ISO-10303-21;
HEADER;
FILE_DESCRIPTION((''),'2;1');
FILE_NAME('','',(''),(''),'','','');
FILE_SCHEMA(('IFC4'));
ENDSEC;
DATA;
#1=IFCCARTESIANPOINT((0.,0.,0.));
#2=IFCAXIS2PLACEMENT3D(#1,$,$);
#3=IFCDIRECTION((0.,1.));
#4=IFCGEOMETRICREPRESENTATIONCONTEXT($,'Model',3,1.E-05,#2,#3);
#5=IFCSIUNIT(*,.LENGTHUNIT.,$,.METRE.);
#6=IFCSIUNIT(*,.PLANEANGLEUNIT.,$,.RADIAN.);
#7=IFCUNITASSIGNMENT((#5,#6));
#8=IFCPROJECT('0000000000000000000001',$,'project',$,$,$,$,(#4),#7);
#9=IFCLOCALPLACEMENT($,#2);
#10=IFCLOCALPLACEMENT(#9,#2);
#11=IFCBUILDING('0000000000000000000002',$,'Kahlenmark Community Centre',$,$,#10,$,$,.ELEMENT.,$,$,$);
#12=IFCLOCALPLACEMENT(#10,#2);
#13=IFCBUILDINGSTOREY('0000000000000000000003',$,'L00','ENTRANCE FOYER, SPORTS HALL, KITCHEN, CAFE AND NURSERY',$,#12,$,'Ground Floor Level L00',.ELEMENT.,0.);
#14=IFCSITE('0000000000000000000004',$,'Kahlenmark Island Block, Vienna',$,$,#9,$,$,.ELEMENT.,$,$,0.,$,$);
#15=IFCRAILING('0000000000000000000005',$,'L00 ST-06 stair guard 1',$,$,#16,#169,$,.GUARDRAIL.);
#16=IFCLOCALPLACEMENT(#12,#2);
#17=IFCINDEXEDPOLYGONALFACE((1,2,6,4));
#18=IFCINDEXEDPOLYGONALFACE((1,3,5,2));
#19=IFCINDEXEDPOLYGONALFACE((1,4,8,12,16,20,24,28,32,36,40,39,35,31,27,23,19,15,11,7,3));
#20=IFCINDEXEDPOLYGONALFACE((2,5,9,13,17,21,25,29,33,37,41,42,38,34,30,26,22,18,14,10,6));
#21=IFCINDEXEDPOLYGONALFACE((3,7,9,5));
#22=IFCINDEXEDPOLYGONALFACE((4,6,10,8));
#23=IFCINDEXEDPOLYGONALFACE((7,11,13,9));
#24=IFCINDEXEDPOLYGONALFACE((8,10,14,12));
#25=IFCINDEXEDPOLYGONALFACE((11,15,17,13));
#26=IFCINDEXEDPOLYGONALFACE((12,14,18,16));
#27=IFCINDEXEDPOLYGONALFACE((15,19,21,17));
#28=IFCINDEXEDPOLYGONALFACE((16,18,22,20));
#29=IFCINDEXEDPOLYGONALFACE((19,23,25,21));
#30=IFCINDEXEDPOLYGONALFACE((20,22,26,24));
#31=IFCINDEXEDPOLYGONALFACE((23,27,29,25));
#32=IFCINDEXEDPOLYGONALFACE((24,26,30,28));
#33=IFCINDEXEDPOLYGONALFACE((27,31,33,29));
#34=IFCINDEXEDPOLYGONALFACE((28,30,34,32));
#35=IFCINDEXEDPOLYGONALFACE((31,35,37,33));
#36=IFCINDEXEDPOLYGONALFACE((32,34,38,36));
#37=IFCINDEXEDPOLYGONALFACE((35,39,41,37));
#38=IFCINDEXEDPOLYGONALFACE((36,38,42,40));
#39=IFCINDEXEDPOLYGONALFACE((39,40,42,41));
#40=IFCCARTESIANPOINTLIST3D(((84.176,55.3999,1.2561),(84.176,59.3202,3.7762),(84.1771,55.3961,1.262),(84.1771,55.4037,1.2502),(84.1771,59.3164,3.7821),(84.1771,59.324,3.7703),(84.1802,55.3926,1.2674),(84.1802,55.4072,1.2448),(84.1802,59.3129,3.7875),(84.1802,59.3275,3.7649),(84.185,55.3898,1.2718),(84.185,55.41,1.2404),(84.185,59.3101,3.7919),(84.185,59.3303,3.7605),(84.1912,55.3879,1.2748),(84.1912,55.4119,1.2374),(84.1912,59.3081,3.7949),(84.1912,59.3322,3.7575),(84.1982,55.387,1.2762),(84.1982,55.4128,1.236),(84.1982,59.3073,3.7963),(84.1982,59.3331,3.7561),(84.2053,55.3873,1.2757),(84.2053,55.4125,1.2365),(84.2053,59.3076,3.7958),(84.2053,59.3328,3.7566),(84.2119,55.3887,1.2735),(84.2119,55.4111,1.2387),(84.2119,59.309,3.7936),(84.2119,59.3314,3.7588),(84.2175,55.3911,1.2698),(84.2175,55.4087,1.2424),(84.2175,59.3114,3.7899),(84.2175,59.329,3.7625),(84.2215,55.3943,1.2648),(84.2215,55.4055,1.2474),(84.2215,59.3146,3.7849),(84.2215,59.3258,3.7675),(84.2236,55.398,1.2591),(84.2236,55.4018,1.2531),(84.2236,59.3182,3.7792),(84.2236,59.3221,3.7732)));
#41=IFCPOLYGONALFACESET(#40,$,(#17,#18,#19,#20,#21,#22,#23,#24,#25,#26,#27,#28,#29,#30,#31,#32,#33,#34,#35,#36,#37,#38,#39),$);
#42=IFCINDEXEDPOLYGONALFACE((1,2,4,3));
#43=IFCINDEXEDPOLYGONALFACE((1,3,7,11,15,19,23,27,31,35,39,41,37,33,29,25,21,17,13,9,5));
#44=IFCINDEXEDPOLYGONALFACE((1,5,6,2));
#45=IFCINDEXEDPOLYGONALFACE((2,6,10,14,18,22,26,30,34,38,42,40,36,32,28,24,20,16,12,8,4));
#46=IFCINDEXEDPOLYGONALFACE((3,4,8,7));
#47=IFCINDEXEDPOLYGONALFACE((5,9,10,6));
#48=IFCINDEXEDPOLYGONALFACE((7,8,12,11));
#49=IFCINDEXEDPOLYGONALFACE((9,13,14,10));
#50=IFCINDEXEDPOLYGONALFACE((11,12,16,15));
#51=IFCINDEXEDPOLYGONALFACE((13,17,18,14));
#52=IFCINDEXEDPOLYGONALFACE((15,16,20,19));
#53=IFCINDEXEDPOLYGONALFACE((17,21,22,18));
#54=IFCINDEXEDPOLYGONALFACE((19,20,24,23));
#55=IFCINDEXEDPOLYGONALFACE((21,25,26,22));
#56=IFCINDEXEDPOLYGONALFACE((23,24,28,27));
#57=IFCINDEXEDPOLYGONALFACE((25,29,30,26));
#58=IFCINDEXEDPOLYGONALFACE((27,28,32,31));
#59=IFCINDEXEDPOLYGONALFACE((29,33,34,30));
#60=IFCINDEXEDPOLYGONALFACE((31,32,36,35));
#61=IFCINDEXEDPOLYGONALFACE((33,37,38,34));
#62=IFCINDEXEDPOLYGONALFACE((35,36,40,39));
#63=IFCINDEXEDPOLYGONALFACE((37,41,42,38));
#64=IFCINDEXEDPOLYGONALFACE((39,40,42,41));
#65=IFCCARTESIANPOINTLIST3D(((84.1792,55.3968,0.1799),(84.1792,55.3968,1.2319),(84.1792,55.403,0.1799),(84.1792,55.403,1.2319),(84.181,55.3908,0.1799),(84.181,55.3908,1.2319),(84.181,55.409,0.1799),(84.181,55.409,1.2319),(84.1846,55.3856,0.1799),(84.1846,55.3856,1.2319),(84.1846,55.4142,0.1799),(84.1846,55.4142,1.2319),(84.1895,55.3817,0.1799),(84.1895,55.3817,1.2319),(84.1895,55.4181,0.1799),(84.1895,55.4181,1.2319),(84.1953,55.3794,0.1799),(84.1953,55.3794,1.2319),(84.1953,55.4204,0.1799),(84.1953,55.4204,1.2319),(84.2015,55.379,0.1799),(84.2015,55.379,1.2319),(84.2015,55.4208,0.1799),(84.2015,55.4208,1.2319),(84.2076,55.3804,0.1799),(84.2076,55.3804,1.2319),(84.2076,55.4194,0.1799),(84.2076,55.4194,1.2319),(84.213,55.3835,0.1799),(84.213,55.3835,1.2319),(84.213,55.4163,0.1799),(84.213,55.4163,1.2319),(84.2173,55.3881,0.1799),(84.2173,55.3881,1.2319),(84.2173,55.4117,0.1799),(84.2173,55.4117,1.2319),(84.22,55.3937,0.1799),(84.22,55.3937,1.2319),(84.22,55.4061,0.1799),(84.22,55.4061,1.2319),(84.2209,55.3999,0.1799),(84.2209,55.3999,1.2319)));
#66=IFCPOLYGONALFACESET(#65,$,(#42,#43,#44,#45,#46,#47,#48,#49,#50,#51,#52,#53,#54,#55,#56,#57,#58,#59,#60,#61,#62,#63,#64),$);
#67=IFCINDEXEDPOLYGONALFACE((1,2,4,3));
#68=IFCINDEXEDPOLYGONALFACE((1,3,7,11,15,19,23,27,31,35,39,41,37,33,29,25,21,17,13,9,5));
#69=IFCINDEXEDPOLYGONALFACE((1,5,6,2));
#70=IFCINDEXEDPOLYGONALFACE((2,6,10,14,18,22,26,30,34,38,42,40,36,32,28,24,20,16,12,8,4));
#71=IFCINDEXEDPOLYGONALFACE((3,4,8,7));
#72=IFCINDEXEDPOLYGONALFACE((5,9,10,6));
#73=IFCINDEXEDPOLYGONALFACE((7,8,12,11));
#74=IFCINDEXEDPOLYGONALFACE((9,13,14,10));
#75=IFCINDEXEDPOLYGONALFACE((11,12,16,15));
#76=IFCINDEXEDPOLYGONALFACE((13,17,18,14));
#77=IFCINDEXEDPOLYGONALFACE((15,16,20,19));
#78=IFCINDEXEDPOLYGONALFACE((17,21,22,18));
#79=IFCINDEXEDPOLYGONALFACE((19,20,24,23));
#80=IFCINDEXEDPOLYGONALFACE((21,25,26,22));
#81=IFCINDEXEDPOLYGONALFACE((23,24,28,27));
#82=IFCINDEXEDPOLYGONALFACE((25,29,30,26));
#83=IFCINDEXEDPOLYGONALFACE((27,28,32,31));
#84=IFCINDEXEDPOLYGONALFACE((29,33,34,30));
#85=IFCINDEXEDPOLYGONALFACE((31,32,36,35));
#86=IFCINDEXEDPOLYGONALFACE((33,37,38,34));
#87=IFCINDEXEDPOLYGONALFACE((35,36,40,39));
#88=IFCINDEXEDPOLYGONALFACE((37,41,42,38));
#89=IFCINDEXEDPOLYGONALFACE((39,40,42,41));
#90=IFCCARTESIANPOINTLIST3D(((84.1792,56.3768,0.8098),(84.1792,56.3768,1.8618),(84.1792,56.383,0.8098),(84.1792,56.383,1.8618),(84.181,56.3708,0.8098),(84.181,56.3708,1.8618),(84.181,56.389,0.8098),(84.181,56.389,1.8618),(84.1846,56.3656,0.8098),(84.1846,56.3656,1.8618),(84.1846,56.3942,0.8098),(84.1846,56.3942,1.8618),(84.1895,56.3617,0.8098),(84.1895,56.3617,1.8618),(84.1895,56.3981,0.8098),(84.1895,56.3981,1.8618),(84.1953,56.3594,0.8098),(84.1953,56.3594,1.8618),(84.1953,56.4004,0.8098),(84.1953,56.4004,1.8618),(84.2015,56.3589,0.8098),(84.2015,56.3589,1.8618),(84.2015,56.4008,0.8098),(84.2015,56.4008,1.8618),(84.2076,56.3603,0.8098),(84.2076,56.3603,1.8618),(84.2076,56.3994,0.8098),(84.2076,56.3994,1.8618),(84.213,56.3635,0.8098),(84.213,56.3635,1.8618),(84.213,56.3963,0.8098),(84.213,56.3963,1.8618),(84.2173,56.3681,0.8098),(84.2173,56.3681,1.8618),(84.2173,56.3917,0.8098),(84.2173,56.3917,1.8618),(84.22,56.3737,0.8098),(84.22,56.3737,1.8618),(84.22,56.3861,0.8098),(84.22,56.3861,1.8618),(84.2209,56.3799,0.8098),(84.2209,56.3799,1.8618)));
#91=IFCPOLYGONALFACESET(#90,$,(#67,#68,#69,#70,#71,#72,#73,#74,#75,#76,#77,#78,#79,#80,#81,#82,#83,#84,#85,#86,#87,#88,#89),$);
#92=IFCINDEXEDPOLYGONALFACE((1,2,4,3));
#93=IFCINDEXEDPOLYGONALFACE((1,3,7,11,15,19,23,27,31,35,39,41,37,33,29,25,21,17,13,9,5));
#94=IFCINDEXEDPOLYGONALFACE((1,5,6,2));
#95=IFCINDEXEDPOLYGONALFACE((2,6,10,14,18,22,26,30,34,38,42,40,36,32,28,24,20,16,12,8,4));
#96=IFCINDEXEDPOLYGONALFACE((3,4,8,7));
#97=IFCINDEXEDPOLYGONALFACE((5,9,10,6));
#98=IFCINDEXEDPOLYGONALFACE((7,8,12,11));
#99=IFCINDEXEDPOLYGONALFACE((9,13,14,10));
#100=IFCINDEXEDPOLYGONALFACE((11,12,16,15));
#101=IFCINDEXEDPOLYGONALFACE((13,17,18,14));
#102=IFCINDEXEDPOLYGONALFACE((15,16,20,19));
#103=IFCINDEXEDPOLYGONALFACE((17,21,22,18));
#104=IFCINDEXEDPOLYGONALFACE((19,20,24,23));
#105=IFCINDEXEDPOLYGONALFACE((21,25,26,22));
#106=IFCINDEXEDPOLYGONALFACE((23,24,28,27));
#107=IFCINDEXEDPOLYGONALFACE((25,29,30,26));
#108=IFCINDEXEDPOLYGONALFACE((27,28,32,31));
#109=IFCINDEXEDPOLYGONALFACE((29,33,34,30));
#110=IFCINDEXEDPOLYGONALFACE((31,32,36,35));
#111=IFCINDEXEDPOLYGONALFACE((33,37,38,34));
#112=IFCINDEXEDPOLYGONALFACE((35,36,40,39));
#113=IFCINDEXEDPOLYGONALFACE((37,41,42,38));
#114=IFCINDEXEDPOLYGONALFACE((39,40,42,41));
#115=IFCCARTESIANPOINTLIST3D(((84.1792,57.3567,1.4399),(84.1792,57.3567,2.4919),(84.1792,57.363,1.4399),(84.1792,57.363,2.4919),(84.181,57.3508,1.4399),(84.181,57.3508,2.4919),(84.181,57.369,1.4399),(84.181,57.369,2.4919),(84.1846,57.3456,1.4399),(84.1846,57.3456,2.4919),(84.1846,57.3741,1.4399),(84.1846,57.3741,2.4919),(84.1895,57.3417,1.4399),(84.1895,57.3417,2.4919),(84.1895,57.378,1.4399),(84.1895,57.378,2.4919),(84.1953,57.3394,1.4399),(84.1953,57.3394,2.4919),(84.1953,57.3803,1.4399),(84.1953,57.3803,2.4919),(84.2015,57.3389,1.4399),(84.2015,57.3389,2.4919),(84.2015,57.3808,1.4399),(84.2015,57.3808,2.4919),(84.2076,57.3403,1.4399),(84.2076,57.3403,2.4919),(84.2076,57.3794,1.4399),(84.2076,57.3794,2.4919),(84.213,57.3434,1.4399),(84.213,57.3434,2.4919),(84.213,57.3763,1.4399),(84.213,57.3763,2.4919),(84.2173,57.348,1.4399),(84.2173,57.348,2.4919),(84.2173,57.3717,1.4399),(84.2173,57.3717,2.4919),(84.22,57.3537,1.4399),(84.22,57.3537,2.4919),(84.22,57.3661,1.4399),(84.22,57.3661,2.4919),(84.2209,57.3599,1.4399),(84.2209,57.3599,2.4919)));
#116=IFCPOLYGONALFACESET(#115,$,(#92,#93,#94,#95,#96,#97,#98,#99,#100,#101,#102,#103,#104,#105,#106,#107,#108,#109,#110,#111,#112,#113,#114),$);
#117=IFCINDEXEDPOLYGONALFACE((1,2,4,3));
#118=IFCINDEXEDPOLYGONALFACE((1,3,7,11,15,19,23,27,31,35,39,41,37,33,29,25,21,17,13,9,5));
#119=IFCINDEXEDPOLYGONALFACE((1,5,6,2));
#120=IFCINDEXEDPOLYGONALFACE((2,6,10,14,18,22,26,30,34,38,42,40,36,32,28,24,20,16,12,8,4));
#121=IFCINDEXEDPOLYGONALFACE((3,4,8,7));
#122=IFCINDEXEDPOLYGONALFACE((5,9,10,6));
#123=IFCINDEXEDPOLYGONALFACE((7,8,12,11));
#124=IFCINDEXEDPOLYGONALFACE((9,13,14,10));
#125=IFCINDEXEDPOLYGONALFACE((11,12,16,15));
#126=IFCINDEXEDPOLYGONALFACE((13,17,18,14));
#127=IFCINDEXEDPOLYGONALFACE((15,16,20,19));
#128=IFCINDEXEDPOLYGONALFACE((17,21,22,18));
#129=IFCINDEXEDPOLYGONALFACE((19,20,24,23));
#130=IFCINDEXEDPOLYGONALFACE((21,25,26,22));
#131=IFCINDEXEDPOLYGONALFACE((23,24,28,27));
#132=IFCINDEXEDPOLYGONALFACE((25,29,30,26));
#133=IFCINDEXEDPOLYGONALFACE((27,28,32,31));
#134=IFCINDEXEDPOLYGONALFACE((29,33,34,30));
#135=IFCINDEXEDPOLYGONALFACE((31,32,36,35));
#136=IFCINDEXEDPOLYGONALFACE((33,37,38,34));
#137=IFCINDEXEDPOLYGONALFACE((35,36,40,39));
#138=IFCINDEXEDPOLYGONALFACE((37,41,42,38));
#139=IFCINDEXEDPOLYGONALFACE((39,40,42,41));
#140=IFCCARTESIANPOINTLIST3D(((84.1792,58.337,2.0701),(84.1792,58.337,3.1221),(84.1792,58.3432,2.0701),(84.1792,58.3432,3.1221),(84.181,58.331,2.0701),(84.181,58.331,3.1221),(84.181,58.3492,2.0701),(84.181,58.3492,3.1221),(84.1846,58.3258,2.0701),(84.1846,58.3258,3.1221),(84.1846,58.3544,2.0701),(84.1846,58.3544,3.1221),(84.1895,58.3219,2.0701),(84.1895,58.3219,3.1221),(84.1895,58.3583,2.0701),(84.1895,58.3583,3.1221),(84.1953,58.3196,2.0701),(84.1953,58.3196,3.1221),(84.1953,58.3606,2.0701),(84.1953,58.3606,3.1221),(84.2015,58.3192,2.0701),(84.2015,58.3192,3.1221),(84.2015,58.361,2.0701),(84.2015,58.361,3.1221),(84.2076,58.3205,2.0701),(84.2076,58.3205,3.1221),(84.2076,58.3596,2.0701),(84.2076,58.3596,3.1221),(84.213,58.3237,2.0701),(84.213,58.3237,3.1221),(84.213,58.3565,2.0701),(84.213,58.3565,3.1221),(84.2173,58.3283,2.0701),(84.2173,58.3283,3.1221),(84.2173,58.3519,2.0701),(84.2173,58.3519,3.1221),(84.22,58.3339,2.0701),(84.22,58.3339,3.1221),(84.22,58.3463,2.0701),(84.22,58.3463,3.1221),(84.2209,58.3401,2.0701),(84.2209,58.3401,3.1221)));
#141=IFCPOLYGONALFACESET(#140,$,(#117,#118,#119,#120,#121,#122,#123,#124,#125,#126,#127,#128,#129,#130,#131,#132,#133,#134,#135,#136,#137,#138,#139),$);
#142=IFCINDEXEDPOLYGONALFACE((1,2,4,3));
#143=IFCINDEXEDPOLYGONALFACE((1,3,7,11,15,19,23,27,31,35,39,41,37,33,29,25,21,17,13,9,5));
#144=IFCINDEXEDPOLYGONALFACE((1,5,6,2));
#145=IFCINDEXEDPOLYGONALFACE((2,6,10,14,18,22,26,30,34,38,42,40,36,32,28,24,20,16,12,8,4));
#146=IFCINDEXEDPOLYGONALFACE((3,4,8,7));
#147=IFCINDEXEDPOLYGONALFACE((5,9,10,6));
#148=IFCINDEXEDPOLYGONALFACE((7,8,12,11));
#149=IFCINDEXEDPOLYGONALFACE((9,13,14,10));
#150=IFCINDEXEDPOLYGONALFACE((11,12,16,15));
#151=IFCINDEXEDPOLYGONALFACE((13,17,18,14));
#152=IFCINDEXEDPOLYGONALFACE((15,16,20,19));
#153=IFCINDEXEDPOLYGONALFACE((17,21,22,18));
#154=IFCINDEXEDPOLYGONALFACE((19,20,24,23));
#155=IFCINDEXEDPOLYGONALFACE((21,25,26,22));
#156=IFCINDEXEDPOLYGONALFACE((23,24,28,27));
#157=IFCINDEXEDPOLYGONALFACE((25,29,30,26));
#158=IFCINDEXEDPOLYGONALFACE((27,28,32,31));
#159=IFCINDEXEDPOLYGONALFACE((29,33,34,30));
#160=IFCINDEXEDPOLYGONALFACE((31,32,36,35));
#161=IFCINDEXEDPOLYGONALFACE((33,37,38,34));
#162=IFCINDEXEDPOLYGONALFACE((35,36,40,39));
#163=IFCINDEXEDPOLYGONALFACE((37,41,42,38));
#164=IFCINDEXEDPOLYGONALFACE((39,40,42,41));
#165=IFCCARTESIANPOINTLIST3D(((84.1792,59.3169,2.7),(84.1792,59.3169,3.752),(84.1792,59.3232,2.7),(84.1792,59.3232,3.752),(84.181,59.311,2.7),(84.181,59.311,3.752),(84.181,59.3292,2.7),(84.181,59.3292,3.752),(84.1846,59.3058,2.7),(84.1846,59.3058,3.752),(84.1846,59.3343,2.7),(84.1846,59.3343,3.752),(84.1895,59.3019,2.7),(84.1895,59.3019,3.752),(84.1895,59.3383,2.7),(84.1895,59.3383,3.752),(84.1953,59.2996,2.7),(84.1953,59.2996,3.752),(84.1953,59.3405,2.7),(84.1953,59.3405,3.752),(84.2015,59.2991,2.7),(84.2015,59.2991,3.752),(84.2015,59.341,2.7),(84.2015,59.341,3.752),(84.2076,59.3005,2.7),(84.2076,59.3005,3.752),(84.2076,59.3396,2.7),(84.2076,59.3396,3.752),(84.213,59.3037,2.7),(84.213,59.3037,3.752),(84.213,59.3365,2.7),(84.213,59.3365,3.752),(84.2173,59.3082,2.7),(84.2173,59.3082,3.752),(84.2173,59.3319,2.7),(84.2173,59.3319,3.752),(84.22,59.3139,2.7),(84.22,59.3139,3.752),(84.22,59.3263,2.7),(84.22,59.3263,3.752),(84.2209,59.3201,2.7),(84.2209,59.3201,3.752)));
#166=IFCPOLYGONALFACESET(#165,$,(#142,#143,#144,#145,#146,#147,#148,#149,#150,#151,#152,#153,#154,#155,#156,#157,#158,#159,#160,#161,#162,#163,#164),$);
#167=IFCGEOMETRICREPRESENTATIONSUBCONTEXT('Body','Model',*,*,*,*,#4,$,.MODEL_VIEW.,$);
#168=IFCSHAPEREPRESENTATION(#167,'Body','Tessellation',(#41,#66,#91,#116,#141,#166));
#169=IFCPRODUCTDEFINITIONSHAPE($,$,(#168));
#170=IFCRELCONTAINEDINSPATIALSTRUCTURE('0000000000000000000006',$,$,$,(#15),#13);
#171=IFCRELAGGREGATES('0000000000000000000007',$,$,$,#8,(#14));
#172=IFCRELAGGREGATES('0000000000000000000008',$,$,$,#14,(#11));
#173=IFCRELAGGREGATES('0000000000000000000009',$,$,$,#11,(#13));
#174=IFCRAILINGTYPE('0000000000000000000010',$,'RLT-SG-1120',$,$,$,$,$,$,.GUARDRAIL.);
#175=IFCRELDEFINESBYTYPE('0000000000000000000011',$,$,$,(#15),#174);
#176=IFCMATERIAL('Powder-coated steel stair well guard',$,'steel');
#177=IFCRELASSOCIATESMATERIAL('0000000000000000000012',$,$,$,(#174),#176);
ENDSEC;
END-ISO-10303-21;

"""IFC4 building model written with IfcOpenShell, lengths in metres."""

from ifc_helpers import new_model, si_unit, direction, frame, origin, origin_2d, place, context, subcontext, project, spatial, circle, extrude, material, type_object, element, save


model = new_model("IFC4")

# Units and contexts
model_context = context("Model", 3, precision=1e-05, world=origin(), true_north=direction((0.0, 1.0)))
body_context = subcontext(model_context, "Body", "Model", "MODEL_VIEW")
ifc_project = project(units=[si_unit("LENGTHUNIT", "METRE"), si_unit("PLANEANGLEUNIT", "RADIAN")], contexts=[model_context])

# Site, building, storey
site_placement = place(None, origin())
site = spatial("IfcSite", under=ifc_project, at=site_placement, Name="Kahlenmark Island Block, Vienna", CompositionType="ELEMENT", RefElevation=0.0)
building_placement = place(site_placement, origin())
building = spatial("IfcBuilding", under=site, at=building_placement, Name="Kahlenmark Community Centre", CompositionType="ELEMENT")
storey_placement = place(building_placement, origin())
storey = spatial("IfcBuildingStorey", under=building, at=storey_placement, Name="L00", Description="ENTRANCE FOYER, SPORTS HALL, KITCHEN, CAFE AND NURSERY", LongName="Ground Floor Level L00", CompositionType="ELEMENT", Elevation=0.0)

# Railing
ifc_material_1 = material(Name="Powder-coated steel stair well guard", Category="steel")
railing_type = type_object("IfcRailingType", Name="RLT-SG-1120", PredefinedType="GUARDRAIL", material=ifc_material_1)
railing_1_placement = place(storey_placement, frame((84.2, 55.3999, 0.1799)))
element("IfcRailing", 1, at=railing_1_placement, inside=storey, type_object=railing_type, Name="L00 ST-06 stair guard 1", PredefinedType="GUARDRAIL", context=body_context, shape_type="SweptSolid", body=[
    extrude(circle(Radius=0.0239, at=origin_2d()), frame((0.0, 0.0, 1.0762), z_axis=(0.0, 0.841187, 0.540744), x_axis=(-1.0, 0.0, 0.0)), (0.0, 0.0, 1.0), 4.6604),
    extrude(circle(Radius=0.021, at=origin_2d()), origin(), (0.0, 0.0, 1.0), 1.052),
    extrude(circle(Radius=0.021, at=origin_2d()), frame((0.0, 0.98, 0.6299)), (0.0, 0.0, 1.0), 1.052),
    extrude(circle(Radius=0.021, at=origin_2d()), frame((0.0, 1.96, 1.26)), (0.0, 0.0, 1.0), 1.052),
    extrude(circle(Radius=0.021, at=origin_2d()), frame((0.0, 2.9402, 1.8901)), (0.0, 0.0, 1.0), 1.052),
    extrude(circle(Radius=0.021, at=origin_2d()), frame((0.0, 3.9202, 2.52)), (0.0, 0.0, 1.0), 1.052),
])

save(model, "model.ifc")
